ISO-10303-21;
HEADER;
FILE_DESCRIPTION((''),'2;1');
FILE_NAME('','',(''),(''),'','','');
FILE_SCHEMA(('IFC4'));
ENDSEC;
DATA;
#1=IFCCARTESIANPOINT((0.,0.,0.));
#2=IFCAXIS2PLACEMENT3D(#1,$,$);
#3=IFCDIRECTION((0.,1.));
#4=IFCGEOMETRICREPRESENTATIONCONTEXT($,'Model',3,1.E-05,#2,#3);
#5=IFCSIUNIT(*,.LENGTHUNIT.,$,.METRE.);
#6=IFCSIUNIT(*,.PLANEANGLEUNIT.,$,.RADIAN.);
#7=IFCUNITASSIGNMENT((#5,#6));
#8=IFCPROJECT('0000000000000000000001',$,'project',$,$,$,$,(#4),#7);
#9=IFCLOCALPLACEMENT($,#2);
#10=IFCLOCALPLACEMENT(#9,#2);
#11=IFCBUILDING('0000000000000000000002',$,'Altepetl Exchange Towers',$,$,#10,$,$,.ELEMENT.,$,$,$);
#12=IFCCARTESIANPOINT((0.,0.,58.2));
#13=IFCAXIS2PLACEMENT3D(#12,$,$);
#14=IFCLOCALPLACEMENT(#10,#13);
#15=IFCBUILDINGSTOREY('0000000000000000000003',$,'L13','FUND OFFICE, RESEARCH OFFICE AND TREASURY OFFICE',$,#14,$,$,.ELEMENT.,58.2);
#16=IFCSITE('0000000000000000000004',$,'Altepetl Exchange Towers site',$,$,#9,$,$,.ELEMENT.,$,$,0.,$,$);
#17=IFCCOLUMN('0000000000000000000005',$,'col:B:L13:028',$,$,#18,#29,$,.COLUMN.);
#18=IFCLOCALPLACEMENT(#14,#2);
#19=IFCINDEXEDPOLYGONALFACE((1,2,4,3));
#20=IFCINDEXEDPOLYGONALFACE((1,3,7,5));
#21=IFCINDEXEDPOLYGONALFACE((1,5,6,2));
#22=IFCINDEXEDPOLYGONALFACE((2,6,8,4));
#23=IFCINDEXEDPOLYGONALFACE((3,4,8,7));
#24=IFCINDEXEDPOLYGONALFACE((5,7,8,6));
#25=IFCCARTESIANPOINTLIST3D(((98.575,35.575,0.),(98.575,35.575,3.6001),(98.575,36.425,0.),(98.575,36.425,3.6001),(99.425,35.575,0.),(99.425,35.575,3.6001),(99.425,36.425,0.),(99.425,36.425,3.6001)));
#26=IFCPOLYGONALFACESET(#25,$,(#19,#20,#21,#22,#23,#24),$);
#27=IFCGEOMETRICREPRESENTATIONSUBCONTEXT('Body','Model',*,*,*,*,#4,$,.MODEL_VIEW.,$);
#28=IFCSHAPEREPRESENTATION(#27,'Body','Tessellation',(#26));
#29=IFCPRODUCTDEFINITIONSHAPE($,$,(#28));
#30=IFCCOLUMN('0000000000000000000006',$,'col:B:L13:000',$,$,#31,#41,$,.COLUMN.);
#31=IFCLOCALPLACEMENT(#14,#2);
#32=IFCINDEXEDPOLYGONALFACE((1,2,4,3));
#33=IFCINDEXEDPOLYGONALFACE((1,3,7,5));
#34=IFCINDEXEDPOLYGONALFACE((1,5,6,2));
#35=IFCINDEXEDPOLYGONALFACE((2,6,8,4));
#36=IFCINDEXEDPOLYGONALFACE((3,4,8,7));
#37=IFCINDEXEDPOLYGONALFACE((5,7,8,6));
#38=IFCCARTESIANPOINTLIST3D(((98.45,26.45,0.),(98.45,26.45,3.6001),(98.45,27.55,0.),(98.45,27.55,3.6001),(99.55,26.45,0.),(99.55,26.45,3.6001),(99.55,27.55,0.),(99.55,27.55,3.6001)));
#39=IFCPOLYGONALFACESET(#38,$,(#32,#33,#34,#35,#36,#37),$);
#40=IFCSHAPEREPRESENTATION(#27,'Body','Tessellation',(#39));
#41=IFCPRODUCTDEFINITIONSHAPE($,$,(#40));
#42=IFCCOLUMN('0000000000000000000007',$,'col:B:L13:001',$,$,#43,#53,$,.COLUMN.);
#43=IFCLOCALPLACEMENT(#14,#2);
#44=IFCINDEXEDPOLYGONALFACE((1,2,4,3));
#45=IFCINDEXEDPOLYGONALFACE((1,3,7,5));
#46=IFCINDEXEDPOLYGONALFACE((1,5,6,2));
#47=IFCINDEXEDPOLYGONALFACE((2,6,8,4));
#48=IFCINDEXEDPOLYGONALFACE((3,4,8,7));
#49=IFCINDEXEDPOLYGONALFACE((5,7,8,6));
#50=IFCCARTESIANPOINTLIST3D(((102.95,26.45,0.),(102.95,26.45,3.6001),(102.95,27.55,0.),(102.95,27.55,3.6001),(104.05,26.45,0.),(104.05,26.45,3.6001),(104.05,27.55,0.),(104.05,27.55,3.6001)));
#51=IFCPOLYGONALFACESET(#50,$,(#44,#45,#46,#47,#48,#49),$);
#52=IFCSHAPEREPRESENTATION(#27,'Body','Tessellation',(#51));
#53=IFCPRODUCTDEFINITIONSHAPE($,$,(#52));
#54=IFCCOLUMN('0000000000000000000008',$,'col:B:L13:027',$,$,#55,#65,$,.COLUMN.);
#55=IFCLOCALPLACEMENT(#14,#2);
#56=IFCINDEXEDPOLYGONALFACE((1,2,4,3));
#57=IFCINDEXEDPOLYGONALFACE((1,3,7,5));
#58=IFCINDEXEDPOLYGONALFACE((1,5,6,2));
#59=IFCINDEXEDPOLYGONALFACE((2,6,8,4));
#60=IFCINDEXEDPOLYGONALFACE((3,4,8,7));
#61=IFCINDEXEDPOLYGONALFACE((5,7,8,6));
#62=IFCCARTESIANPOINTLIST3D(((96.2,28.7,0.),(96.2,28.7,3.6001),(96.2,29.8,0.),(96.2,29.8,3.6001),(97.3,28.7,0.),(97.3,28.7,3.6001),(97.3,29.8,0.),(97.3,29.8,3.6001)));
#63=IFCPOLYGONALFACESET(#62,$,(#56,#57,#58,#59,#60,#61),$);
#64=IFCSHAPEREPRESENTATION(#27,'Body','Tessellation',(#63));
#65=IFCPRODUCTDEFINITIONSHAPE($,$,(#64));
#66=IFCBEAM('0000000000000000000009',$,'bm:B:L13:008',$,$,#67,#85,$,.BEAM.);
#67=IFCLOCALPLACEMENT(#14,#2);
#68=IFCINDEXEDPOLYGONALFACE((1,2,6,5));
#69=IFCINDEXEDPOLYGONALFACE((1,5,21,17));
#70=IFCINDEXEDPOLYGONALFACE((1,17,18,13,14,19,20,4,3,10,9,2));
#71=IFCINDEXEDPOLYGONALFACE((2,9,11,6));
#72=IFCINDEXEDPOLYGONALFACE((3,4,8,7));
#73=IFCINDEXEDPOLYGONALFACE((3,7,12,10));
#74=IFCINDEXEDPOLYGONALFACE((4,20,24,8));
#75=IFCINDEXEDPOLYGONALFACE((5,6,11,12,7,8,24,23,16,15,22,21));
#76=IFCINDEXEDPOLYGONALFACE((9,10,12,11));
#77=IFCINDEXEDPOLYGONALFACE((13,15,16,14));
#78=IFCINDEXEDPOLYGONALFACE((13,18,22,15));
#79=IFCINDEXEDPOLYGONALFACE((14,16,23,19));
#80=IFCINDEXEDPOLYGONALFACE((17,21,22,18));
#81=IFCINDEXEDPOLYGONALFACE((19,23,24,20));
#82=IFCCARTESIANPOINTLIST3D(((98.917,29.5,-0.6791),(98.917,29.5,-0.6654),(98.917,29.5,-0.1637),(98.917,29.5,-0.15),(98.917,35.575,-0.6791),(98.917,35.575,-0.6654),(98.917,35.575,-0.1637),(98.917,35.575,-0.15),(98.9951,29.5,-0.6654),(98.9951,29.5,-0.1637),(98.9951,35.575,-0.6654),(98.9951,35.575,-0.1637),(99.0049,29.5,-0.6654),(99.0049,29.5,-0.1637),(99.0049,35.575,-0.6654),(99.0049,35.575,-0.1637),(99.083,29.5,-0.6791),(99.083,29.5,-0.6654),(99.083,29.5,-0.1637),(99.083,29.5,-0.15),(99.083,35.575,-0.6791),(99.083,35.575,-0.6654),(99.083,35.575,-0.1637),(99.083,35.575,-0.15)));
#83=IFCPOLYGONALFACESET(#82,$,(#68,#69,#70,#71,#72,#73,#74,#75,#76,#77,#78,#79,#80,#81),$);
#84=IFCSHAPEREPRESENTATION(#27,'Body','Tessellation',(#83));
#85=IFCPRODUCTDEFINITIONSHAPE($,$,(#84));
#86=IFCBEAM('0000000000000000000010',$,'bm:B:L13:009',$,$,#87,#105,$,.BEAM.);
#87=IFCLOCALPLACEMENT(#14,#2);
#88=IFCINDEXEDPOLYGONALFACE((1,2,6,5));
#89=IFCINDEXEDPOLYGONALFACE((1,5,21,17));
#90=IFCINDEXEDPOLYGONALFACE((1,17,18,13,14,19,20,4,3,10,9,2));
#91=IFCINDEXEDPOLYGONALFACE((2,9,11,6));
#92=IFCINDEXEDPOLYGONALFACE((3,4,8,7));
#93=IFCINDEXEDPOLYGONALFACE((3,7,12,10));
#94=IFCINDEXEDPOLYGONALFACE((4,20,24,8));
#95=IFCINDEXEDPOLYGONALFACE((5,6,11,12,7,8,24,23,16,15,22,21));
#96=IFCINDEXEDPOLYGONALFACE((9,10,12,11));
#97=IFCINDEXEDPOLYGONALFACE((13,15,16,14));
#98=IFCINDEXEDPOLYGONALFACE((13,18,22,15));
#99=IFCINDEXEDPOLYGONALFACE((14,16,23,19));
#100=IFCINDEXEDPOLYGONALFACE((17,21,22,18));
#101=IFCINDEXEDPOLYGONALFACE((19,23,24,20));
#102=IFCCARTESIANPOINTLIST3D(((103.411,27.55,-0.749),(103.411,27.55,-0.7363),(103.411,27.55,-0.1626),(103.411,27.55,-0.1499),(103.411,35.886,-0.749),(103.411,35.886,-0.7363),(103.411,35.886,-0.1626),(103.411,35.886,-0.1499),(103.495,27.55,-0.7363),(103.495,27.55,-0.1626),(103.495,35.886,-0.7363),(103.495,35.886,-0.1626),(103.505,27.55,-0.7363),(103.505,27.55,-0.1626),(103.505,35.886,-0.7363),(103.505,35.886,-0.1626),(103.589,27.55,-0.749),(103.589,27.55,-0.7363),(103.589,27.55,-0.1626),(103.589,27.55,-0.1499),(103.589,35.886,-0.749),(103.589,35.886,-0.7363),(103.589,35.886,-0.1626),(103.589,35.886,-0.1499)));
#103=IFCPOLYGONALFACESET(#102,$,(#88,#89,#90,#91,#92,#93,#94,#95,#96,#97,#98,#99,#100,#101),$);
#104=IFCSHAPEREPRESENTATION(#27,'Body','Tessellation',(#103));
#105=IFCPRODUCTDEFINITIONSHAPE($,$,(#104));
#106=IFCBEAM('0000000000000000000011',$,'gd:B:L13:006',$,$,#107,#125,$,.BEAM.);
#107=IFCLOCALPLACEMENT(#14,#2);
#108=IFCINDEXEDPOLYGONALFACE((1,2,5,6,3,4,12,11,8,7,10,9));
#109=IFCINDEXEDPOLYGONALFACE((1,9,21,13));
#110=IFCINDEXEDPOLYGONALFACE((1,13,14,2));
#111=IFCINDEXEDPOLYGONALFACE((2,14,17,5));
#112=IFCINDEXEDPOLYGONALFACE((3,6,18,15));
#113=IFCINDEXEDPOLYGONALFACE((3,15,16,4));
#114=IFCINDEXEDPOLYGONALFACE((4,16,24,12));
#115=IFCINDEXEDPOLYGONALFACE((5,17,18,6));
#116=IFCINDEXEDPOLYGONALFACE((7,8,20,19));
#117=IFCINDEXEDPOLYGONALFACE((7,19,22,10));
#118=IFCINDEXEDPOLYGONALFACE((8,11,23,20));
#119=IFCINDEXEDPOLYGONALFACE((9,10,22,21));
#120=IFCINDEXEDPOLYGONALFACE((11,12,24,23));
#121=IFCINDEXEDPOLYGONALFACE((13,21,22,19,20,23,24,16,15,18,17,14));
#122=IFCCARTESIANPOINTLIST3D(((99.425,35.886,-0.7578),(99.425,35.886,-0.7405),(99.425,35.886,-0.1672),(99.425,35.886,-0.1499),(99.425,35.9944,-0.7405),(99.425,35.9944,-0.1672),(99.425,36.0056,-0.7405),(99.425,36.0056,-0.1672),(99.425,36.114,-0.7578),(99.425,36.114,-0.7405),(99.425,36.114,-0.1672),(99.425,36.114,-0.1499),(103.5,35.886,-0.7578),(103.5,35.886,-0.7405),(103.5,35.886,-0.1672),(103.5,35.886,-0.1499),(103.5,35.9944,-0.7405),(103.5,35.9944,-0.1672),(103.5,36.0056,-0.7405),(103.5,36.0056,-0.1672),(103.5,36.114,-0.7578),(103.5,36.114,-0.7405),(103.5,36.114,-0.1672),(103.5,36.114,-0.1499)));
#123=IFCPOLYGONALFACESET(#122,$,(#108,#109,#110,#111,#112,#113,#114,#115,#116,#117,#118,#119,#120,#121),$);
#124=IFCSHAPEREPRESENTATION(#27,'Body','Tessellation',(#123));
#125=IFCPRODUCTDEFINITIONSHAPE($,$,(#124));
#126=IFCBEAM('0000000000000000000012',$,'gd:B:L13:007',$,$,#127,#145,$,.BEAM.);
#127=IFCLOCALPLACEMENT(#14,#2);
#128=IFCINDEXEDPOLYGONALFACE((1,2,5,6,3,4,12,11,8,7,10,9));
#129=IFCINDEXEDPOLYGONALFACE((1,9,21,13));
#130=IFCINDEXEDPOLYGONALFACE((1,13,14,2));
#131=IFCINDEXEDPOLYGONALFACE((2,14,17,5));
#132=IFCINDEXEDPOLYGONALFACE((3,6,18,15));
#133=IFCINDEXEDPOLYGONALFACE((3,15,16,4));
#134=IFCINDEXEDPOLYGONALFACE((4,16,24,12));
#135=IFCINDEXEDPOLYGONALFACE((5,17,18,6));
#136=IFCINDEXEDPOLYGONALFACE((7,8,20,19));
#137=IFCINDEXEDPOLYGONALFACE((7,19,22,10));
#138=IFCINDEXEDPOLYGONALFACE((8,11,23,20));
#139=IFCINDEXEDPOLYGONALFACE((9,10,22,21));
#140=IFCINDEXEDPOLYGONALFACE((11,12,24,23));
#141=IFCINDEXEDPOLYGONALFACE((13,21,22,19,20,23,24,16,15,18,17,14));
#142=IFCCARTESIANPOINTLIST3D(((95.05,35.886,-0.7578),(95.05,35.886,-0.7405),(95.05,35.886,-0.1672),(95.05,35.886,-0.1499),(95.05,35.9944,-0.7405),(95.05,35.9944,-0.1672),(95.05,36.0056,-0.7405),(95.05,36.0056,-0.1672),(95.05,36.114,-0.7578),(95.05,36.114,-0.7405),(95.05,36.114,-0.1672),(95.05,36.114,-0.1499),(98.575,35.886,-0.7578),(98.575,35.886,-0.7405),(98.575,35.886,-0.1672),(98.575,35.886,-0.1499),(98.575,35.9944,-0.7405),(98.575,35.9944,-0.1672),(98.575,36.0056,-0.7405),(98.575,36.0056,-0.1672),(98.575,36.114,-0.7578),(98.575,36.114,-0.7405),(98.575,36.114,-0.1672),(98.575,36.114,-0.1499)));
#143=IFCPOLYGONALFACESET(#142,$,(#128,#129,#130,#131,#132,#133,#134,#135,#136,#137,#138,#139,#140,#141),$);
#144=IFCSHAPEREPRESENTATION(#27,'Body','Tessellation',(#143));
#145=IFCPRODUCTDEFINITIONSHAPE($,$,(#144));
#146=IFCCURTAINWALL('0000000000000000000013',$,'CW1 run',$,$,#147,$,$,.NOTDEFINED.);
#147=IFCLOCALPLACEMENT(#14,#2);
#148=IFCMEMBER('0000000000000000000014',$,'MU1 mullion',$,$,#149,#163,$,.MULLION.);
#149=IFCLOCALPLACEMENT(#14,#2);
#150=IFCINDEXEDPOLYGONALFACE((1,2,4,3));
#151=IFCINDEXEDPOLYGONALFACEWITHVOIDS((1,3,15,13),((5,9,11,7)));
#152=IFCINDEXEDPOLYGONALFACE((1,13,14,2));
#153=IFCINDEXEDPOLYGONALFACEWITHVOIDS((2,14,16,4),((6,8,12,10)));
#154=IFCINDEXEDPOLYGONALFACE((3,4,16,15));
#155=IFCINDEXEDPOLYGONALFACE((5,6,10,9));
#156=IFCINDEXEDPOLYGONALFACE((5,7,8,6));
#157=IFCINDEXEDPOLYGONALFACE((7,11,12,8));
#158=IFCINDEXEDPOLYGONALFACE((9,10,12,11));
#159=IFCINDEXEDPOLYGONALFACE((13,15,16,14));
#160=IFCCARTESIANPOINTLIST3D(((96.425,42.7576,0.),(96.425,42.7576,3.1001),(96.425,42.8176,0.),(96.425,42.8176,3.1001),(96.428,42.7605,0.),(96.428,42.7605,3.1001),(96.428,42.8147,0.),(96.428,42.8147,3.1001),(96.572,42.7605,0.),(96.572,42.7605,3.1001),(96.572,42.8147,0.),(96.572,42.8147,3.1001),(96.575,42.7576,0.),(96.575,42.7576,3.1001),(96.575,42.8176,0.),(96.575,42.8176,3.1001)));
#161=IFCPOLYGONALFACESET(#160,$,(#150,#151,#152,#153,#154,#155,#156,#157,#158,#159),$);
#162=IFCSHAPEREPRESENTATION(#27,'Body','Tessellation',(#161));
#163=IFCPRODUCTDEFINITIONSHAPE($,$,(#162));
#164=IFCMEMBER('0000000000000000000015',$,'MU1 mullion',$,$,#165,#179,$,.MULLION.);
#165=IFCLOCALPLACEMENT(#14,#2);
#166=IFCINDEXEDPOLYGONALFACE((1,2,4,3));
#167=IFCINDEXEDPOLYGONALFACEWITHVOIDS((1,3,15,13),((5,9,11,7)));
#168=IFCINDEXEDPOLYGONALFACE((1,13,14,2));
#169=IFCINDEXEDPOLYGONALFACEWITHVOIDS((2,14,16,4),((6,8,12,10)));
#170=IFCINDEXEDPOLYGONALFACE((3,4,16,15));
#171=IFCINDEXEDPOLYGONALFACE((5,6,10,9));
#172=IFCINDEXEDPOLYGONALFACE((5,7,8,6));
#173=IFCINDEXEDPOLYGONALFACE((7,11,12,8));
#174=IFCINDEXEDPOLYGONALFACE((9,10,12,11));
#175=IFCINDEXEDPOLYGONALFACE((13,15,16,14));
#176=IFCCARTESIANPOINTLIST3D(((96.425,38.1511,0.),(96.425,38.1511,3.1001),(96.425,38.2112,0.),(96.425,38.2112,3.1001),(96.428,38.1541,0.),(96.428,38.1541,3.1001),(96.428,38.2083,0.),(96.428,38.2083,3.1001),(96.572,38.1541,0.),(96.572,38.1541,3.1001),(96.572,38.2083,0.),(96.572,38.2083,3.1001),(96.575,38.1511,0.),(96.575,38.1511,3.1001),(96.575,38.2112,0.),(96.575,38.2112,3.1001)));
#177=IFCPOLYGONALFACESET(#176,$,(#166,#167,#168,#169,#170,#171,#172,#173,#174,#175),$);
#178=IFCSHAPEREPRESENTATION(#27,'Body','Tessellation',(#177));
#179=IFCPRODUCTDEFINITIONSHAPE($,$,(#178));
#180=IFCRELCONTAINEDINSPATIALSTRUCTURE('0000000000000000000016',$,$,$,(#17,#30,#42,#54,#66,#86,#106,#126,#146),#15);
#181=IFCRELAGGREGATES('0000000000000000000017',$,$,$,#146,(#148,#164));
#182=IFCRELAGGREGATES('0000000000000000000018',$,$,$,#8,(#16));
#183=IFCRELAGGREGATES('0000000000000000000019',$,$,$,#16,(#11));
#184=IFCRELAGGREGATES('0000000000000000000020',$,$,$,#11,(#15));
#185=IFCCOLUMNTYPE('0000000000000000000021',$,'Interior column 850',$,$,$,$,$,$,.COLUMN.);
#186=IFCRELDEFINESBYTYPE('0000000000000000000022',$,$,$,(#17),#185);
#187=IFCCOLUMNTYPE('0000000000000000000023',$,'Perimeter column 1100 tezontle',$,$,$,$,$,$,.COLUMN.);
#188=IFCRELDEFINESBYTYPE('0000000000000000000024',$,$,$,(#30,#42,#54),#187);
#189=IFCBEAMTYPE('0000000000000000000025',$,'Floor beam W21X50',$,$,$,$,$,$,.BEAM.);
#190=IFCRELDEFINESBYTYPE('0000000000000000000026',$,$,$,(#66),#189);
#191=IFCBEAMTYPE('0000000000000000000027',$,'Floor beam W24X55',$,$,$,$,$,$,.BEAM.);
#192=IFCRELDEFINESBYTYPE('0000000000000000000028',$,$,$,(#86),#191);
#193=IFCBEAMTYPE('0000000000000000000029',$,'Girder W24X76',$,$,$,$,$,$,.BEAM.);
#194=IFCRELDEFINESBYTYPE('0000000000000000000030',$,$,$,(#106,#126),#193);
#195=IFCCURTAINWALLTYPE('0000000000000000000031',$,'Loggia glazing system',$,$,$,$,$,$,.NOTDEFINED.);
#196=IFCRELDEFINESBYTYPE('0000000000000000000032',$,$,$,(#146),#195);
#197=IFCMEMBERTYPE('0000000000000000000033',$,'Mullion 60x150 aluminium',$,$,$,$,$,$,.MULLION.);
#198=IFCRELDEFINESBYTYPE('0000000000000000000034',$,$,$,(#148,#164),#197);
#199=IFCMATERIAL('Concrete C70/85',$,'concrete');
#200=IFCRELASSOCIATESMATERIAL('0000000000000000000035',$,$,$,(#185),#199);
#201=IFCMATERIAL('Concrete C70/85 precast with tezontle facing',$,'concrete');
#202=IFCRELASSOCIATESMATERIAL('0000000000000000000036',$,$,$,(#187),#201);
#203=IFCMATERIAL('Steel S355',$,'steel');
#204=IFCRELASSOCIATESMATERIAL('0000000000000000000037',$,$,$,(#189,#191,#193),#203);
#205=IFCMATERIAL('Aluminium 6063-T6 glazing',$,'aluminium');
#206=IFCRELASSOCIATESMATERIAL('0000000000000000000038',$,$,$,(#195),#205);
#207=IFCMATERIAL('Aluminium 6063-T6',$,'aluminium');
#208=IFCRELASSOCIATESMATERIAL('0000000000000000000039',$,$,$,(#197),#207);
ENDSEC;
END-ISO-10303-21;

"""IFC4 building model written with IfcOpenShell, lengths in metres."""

from ifc_helpers import new_model, si_unit, direction, frame, origin, origin_2d, place, context, subcontext, project, spatial, rectangle, hollow_rectangle, i_section, extrude, material, material_profile, profile_set, type_object, element, aggregate, save


model = new_model("IFC4")

# Units and contexts
model_context = context("Model", 3, precision=1e-05, world=origin(), true_north=direction((0.0, 1.0)))
body_context = subcontext(model_context, "Body", "Model", "MODEL_VIEW")
ifc_project = project(units=[si_unit("LENGTHUNIT", "METRE"), si_unit("PLANEANGLEUNIT", "RADIAN")], contexts=[model_context])

# Site, building, storey
site_placement = place(None, origin())
site = spatial("IfcSite", under=ifc_project, at=site_placement, Name="Altepetl Exchange Towers site", CompositionType="ELEMENT", RefElevation=0.0)
building_placement = place(site_placement, origin())
building = spatial("IfcBuilding", under=site, at=building_placement, Name="Altepetl Exchange Towers", CompositionType="ELEMENT")
storey_placement = place(building_placement, frame((0.0, 0.0, 58.2)))
storey = spatial("IfcBuildingStorey", under=building, at=storey_placement, Name="L13", Description="FUND OFFICE, RESEARCH OFFICE AND TREASURY OFFICE", CompositionType="ELEMENT", Elevation=58.2)

# Columns
ifc_material_1 = material(Name="Concrete C70/85", Category="concrete")
ifc_material_profile_1 = material_profile(ifc_material_1, rectangle(XDim=0.8501, YDim=0.8501, at=origin_2d()), Name="850 x 850")
ifc_profile_set_1 = profile_set([ifc_material_profile_1], Name="Concrete C70/85")
column_type_1 = type_object("IfcColumnType", Name="Interior column 850", PredefinedType="COLUMN", material=ifc_profile_set_1)
column_placement = place(storey_placement, frame((99.0, 36.0, 0.0)))
element("IfcColumn", 1, at=column_placement, inside=storey, type_object=column_type_1, Name="col:B:L13:028", PredefinedType="COLUMN", context=body_context, shape_type="SweptSolid", body=[
    extrude(rectangle(XDim=0.8501, YDim=0.8501, at=origin_2d()), origin(), (0.0, 0.0, 1.0), 3.6001),
])
ifc_material_2 = material(Name="Concrete C70/85 precast with tezontle facing", Category="concrete")
ifc_material_profile_2 = material_profile(ifc_material_2, rectangle(XDim=1.1001, YDim=1.1001, at=origin_2d()), Name="1100 x 1100")
ifc_profile_set_2 = profile_set([ifc_material_profile_2], Name="Concrete C70/85 precast with tezontle facing")
column_type_2 = type_object("IfcColumnType", Name="Perimeter column 1100 tezontle", PredefinedType="COLUMN", material=ifc_profile_set_2)
for number, where, name in (
    (2, (99.0, 27.0, 0.0), "col:B:L13:000"),
    (3, (103.5, 27.0, 0.0), "col:B:L13:001"),
    (4, (96.75, 29.25, 0.0), "col:B:L13:027"),
):
    element("IfcColumn", number, at=place(storey_placement, frame(where)), inside=storey, type_object=column_type_2, Name=name, PredefinedType="COLUMN", context=body_context, shape_type="SweptSolid", body=[
        extrude(rectangle(XDim=1.1001, YDim=1.1001, at=origin_2d()), origin(), (0.0, 0.0, 1.0), 3.6001),
    ])

# Beams
ifc_material_3 = material(Name="Steel S355", Category="steel")
ifc_material_profile_3 = material_profile(ifc_material_3, i_section(OverallWidth=0.166, OverallDepth=0.5291, WebThickness=0.0098, FlangeThickness=0.0137, at=origin_2d()), Name="W21X50")
ifc_profile_set_3 = profile_set([ifc_material_profile_3], Name="Steel S355")
beam_type_1 = type_object("IfcBeamType", Name="Floor beam W21X50", PredefinedType="BEAM", material=ifc_profile_set_3)
beam_1_placement = place(storey_placement, frame((99.0, 29.5, -0.4146), z_axis=(0.0, 1.0, 0.0), x_axis=(-1.0, 0.0, 0.0)))
element("IfcBeam", 5, at=beam_1_placement, inside=storey, type_object=beam_type_1, Name="bm:B:L13:008", PredefinedType="BEAM", context=body_context, shape_type="SweptSolid", body=[
    extrude(i_section(OverallWidth=0.166, OverallDepth=0.5291, WebThickness=0.0098, FlangeThickness=0.0137, at=origin_2d()), origin(), (0.0, 0.0, 1.0), 6.075),
])
ifc_material_profile_4 = material_profile(ifc_material_3, i_section(OverallWidth=0.178, OverallDepth=0.5991, WebThickness=0.01, FlangeThickness=0.0127, at=origin_2d()), Name="W24X55")
ifc_profile_set_4 = profile_set([ifc_material_profile_4], Name="Steel S355")
beam_type_2 = type_object("IfcBeamType", Name="Floor beam W24X55", PredefinedType="BEAM", material=ifc_profile_set_4)
beam_2_placement = place(storey_placement, frame((103.5, 27.55, -0.4495), z_axis=(0.0, 1.0, 0.0), x_axis=(-1.0, 0.0, 0.0)))
element("IfcBeam", 6, at=beam_2_placement, inside=storey, type_object=beam_type_2, Name="bm:B:L13:009", PredefinedType="BEAM", context=body_context, shape_type="SweptSolid", body=[
    extrude(i_section(OverallWidth=0.178, OverallDepth=0.5991, WebThickness=0.01, FlangeThickness=0.0127, at=origin_2d()), origin(), (0.0, 0.0, 1.0), 8.3359),
])
ifc_material_profile_5 = material_profile(ifc_material_3, i_section(OverallWidth=0.228, OverallDepth=0.6079, WebThickness=0.0112, FlangeThickness=0.0173, at=origin_2d()), Name="W24X76")
ifc_profile_set_5 = profile_set([ifc_material_profile_5], Name="Steel S355")
beam_type_3 = type_object("IfcBeamType", Name="Girder W24X76", PredefinedType="BEAM", material=ifc_profile_set_5)
beam_3_placement = place(storey_placement, frame((103.5, 36.0, -0.4539), z_axis=(-1.0, 0.0, 0.0), x_axis=(0.0, -1.0, 0.0)))
element("IfcBeam", 7, at=beam_3_placement, inside=storey, type_object=beam_type_3, Name="gd:B:L13:006", PredefinedType="BEAM", context=body_context, shape_type="SweptSolid", body=[
    extrude(i_section(OverallWidth=0.228, OverallDepth=0.6079, WebThickness=0.0112, FlangeThickness=0.0173, at=origin_2d()), origin(), (0.0, 0.0, 1.0), 4.075),
])
beam_4_placement = place(storey_placement, frame((98.575, 36.0, -0.4539), z_axis=(-1.0, 0.0, 0.0), x_axis=(0.0, -1.0, 0.0)))
element("IfcBeam", 8, at=beam_4_placement, inside=storey, type_object=beam_type_3, Name="gd:B:L13:007", PredefinedType="BEAM", context=body_context, shape_type="SweptSolid", body=[
    extrude(i_section(OverallWidth=0.228, OverallDepth=0.6079, WebThickness=0.0112, FlangeThickness=0.0173, at=origin_2d()), origin(), (0.0, 0.0, 1.0), 3.5249),
])

# Curtain wall, members
ifc_material_4 = material(Name="Aluminium 6063-T6 glazing", Category="aluminium")
curtain_wall_type = type_object("IfcCurtainWallType", Name="Loggia glazing system", PredefinedType="NOTDEFINED", material=ifc_material_4)
curtain_wall_1_placement = place(storey_placement, origin())
curtain_wall_1 = element("IfcCurtainWall", 9, at=curtain_wall_1_placement, inside=storey, type_object=curtain_wall_type, Name="CW1 run", PredefinedType="NOTDEFINED")
ifc_material_5 = material(Name="Aluminium 6063-T6", Category="aluminium")
ifc_material_profile_6 = material_profile(ifc_material_5, hollow_rectangle(XDim=0.0601, YDim=0.1499, WallThickness=0.0029, at=origin_2d()), Name="Mullion 60x150 aluminium")
ifc_profile_set_6 = profile_set([ifc_material_profile_6], Name="Aluminium 6063-T6")
member_type = type_object("IfcMemberType", Name="Mullion 60x150 aluminium", PredefinedType="MULLION", material=ifc_profile_set_6)
member_1_placement = place(storey_placement, frame((96.5, 42.7876, 0.0), z_axis=(0.0, 0.0, 1.0), x_axis=(0.0, -1.0, 0.0)))
member_1 = element("IfcMember", 10, at=member_1_placement, type_object=member_type, Name="MU1 mullion", PredefinedType="MULLION", context=body_context, shape_type="SweptSolid", body=[
    extrude(hollow_rectangle(XDim=0.0601, YDim=0.1499, WallThickness=0.0029, at=origin_2d()), origin(), (0.0, 0.0, 1.0), 3.1001),
])
member_2_placement = place(storey_placement, frame((96.5, 38.1812, 0.0), z_axis=(0.0, 0.0, 1.0), x_axis=(0.0, -1.0, 0.0)))
member_2 = element("IfcMember", 11, at=member_2_placement, type_object=member_type, Name="MU1 mullion", PredefinedType="MULLION", context=body_context, shape_type="SweptSolid", body=[
    extrude(hollow_rectangle(XDim=0.0601, YDim=0.1499, WallThickness=0.0029, at=origin_2d()), origin(), (0.0, 0.0, 1.0), 3.1001),
])

aggregate(curtain_wall_1, [member_1, member_2])

save(model, "model.ifc")
